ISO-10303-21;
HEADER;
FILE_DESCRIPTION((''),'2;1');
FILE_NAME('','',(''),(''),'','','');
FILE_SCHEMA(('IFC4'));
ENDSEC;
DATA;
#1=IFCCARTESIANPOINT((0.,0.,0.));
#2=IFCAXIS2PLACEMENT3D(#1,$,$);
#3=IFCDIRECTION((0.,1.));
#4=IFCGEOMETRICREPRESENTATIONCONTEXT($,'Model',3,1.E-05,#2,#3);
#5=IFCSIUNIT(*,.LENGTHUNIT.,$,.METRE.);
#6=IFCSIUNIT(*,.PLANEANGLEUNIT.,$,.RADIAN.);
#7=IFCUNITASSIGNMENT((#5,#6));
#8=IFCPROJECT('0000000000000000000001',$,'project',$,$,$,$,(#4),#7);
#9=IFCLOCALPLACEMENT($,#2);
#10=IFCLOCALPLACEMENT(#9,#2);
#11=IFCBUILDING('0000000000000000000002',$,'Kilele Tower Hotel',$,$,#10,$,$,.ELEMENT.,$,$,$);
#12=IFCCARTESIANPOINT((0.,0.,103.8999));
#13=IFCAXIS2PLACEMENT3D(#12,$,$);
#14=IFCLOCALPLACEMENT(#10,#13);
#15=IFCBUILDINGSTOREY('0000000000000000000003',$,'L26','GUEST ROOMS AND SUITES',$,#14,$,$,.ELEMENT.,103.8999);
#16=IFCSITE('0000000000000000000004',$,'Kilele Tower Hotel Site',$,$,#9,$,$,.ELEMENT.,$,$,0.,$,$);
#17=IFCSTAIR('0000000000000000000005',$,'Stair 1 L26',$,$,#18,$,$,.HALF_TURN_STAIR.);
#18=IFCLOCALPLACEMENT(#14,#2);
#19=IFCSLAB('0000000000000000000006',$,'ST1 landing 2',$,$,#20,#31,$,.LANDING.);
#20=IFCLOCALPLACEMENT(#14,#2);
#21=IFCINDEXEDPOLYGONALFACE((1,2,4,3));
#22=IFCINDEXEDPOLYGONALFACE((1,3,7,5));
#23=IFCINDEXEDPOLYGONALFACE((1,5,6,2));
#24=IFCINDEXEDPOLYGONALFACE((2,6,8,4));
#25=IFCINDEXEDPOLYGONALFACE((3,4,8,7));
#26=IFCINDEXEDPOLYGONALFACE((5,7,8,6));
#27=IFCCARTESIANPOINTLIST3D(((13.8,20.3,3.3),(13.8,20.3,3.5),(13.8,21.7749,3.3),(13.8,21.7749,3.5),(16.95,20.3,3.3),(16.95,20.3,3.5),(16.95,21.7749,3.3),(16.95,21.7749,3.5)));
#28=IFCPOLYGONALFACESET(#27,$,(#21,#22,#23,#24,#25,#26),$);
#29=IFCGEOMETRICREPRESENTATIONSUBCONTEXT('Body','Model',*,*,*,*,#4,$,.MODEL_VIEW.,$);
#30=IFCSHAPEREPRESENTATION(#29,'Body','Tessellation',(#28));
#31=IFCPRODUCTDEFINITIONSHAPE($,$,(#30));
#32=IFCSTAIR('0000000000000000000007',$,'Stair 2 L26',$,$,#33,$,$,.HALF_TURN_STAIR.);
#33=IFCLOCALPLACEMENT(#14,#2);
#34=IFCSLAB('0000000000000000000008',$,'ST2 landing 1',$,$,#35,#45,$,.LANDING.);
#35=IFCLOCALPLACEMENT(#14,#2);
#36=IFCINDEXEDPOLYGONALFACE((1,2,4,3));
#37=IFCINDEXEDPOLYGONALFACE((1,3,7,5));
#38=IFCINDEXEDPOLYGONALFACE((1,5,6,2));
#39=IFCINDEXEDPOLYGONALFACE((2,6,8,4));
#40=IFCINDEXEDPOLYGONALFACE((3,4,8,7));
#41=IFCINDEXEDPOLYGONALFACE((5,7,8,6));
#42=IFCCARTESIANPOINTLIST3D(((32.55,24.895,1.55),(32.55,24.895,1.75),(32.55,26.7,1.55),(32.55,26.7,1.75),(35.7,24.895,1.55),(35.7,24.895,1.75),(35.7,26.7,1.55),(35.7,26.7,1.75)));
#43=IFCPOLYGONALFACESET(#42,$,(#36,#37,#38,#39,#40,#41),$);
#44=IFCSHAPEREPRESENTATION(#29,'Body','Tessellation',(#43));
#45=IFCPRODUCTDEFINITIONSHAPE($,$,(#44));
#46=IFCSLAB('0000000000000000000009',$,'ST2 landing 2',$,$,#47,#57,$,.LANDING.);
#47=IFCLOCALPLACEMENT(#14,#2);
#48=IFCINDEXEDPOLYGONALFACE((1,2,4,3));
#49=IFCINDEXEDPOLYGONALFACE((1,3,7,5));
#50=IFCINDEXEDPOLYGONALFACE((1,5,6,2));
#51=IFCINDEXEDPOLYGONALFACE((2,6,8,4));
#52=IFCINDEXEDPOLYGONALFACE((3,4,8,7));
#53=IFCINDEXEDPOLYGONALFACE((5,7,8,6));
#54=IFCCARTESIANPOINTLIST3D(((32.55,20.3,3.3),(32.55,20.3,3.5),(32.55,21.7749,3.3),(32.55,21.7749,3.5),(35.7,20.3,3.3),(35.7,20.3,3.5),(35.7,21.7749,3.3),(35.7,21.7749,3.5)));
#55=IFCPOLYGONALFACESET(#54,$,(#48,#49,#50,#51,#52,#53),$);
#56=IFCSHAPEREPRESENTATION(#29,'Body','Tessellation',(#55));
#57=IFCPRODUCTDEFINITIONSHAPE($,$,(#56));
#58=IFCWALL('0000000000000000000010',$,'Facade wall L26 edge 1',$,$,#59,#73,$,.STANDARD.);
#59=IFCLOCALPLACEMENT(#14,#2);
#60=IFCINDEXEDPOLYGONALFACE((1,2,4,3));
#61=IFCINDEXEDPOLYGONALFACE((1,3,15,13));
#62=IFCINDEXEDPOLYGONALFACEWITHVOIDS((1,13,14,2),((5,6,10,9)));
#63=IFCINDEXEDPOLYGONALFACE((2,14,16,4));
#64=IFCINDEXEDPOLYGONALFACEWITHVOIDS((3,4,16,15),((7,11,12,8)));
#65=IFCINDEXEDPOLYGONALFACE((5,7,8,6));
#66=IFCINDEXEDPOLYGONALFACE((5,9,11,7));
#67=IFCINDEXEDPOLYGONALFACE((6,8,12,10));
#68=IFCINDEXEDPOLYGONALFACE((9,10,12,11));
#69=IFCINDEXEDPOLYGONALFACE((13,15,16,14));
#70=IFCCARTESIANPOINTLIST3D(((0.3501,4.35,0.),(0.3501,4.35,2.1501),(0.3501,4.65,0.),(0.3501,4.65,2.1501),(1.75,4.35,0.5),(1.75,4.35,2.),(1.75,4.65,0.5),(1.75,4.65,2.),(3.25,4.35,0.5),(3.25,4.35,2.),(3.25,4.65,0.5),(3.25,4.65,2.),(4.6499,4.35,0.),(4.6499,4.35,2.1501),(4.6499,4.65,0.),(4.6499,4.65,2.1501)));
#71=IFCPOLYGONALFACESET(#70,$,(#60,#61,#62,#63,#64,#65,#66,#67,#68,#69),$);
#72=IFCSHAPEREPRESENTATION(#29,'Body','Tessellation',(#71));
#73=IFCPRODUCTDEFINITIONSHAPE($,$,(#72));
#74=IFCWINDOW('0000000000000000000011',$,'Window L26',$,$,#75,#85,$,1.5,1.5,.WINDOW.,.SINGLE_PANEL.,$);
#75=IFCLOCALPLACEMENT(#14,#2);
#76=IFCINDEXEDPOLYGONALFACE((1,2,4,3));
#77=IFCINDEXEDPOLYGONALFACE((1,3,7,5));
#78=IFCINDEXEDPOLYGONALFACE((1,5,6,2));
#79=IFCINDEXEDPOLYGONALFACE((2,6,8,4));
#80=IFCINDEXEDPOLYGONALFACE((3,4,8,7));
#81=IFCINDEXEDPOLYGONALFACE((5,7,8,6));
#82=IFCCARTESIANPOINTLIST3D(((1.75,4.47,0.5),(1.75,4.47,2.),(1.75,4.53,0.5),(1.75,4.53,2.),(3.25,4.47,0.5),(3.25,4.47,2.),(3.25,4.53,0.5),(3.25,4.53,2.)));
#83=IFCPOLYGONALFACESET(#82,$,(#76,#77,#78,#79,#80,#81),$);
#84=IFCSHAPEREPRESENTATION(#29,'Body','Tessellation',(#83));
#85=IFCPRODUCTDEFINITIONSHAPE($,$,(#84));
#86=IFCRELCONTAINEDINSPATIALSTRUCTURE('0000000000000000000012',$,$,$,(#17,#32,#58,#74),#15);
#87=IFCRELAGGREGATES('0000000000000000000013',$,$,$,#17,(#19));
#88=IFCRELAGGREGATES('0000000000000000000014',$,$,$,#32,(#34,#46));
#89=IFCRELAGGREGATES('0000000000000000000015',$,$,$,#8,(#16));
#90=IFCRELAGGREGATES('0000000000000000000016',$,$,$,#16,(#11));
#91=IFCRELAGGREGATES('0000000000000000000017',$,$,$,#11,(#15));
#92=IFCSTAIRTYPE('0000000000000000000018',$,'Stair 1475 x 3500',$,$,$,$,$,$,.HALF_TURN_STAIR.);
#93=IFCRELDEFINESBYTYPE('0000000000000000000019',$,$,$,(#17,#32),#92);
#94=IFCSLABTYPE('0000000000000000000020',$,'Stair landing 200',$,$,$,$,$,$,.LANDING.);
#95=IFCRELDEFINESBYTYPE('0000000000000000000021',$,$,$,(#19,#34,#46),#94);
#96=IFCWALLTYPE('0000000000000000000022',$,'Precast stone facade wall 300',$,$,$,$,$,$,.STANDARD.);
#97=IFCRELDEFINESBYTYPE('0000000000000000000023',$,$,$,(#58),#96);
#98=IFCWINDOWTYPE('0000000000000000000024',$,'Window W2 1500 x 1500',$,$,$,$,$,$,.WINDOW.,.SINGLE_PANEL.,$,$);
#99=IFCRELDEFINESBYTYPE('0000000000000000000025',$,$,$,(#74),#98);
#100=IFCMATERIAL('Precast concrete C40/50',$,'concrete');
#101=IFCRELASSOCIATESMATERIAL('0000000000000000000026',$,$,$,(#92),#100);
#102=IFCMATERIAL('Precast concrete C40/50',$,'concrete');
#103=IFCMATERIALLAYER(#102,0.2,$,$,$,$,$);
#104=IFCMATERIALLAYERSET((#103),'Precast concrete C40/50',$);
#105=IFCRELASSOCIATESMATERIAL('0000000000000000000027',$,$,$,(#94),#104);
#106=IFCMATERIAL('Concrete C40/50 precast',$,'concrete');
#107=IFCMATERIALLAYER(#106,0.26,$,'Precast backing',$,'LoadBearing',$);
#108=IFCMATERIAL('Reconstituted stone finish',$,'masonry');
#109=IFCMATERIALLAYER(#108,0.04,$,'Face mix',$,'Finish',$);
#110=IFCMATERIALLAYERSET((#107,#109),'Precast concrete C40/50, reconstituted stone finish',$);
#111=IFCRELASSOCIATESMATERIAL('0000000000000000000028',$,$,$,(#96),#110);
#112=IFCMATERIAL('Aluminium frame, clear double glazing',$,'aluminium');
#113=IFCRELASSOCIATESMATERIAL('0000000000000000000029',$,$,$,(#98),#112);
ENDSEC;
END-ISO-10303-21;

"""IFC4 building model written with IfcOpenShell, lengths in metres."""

from ifc_helpers import new_model, si_unit, direction, frame, frame_2d, origin, place, context, subcontext, project, spatial, polyline, rectangle, outline, extrude, material, layer, layer_set, type_object, element, fill, aggregate, save


model = new_model("IFC4")

# Units and contexts
model_context = context("Model", 3, precision=1e-05, world=origin(), true_north=direction((0.0, 1.0)))
body_context = subcontext(model_context, "Body", "Model", "MODEL_VIEW")
ifc_project = project(units=[si_unit("LENGTHUNIT", "METRE"), si_unit("PLANEANGLEUNIT", "RADIAN")], contexts=[model_context])

# Site, building, storey
site_placement = place(None, origin())
site = spatial("IfcSite", under=ifc_project, at=site_placement, Name="Kilele Tower Hotel Site", CompositionType="ELEMENT", RefElevation=0.0)
building_placement = place(site_placement, origin())
building = spatial("IfcBuilding", under=site, at=building_placement, Name="Kilele Tower Hotel", CompositionType="ELEMENT")
storey_placement = place(building_placement, frame((0.0, 0.0, 103.8999)))
storey = spatial("IfcBuildingStorey", under=building, at=storey_placement, Name="L26", Description="GUEST ROOMS AND SUITES", CompositionType="ELEMENT", Elevation=103.8999)

# Stairs, slabs
ifc_material_1 = material(Name="Precast concrete C40/50", Category="concrete")
stair_type = type_object("IfcStairType", Name="Stair 1475 x 3500", PredefinedType="HALF_TURN_STAIR", material=ifc_material_1)
stair_1_placement = place(storey_placement, origin())
stair_1 = element("IfcStair", 1, at=stair_1_placement, inside=storey, type_object=stair_type, Name="Stair 1 L26", PredefinedType="HALF_TURN_STAIR")
ifc_material_2 = material(Name="Precast concrete C40/50", Category="concrete")
ifc_layer_1 = layer(ifc_material_2, 0.2)
ifc_layer_set_1 = layer_set([ifc_layer_1], Name="Precast concrete C40/50")
slab_type_1 = type_object("IfcSlabType", Name="Stair landing 200", PredefinedType="LANDING", material=ifc_layer_set_1)
slab_1_placement = place(storey_placement, frame((0.0, 0.0, 3.3)))
slab_1 = element("IfcSlab", 2, at=slab_1_placement, type_object=slab_type_1, Name="ST1 landing 2", PredefinedType="LANDING", context=body_context, shape_type="SweptSolid", body=[
    extrude(outline(polyline([(13.8, 20.3), (16.95, 20.3), (16.95, 21.7749), (13.8, 21.7749), (13.8, 20.3)])), origin(), (0.0, 0.0, 1.0), 0.2),
])
aggregate(stair_1, [slab_1])
stair_2_placement = place(storey_placement, origin())
stair_2 = element("IfcStair", 3, at=stair_2_placement, inside=storey, type_object=stair_type, Name="Stair 2 L26", PredefinedType="HALF_TURN_STAIR")
slab_2_placement = place(storey_placement, frame((0.0, 0.0, 1.55)))
slab_2 = element("IfcSlab", 4, at=slab_2_placement, type_object=slab_type_1, Name="ST2 landing 1", PredefinedType="LANDING", context=body_context, shape_type="SweptSolid", body=[
    extrude(outline(polyline([(32.55, 24.895), (35.7, 24.895), (35.7, 26.7), (32.55, 26.7), (32.55, 24.895)])), origin(), (0.0, 0.0, 1.0), 0.2),
])
slab_3_placement = place(storey_placement, frame((0.0, 0.0, 3.3)))
slab_3 = element("IfcSlab", 5, at=slab_3_placement, type_object=slab_type_1, Name="ST2 landing 2", PredefinedType="LANDING", context=body_context, shape_type="SweptSolid", body=[
    extrude(outline(polyline([(32.55, 20.3), (35.7, 20.3), (35.7, 21.7749), (32.55, 21.7749), (32.55, 20.3)])), origin(), (0.0, 0.0, 1.0), 0.2),
])
aggregate(stair_2, [slab_2, slab_3])

# Wall, opening, window
ifc_material_3 = material(Name="Concrete C40/50 precast", Category="concrete")
ifc_layer_2 = layer(ifc_material_3, 0.26, Name="Precast backing", Category="LoadBearing")
ifc_material_4 = material(Name="Reconstituted stone finish", Category="masonry")
ifc_layer_3 = layer(ifc_material_4, 0.04, Name="Face mix", Category="Finish")
ifc_layer_set_2 = layer_set([ifc_layer_2, ifc_layer_3], Name="Precast concrete C40/50, reconstituted stone finish")
wall_type = type_object("IfcWallType", Name="Precast stone facade wall 300", PredefinedType="STANDARD", material=ifc_layer_set_2)
wall_1_placement = place(storey_placement, frame((0.3501, 4.5, 0.0), z_axis=(0.0, 0.0, 1.0), x_axis=(1.0, 0.0, 0.0)))
wall_1 = element("IfcWall", 6, at=wall_1_placement, inside=storey, type_object=wall_type, Name="Facade wall L26 edge 1", PredefinedType="STANDARD", context=body_context, shape_type="SweptSolid", body=[
    extrude(rectangle(XDim=4.2998, YDim=0.3, at=frame_2d((2.1499, 0.0))), origin(), (0.0, 0.0, 1.0), 2.1501),
])
opening_1_placement = place(wall_1_placement, frame((1.3999, 0.0, 0.5)))
opening_1 = element("IfcOpeningElement", 7, at=opening_1_placement, cuts=wall_1, PredefinedType="OPENING", context=body_context, shape_type="SweptSolid", body=[
    extrude(rectangle(XDim=1.5, YDim=1.5, at=frame_2d((0.75, 0.75))), frame((0.0, 0.1599, 0.0), z_axis=(0.0, -1.0, 0.0), x_axis=(1.0, 0.0, 0.0)), (0.0, 0.0, 1.0), 0.3201),
])
ifc_material_5 = material(Name="Aluminium frame, clear double glazing", Category="aluminium")
window_type = type_object("IfcWindowType", Name="Window W2 1500 x 1500", PartitioningType="SINGLE_PANEL", PredefinedType="WINDOW", material=ifc_material_5)
window_1_placement = place(opening_1_placement, origin())
window_1 = element("IfcWindow", 8, at=window_1_placement, inside=storey, type_object=window_type, Name="Window L26", OverallHeight=1.5, OverallWidth=1.5, PartitioningType="SINGLE_PANEL", PredefinedType="WINDOW", context=body_context, shape_type="SweptSolid", body=[
    extrude(rectangle(XDim=1.5, YDim=1.5, at=frame_2d((0.75, 0.75))), frame((0.0, 0.03, 0.0), z_axis=(0.0, -1.0, 0.0), x_axis=(1.0, 0.0, 0.0)), (0.0, 0.0, 1.0), 0.0601),
])
fill(opening_1, window_1)

save(model, "model.ifc")
